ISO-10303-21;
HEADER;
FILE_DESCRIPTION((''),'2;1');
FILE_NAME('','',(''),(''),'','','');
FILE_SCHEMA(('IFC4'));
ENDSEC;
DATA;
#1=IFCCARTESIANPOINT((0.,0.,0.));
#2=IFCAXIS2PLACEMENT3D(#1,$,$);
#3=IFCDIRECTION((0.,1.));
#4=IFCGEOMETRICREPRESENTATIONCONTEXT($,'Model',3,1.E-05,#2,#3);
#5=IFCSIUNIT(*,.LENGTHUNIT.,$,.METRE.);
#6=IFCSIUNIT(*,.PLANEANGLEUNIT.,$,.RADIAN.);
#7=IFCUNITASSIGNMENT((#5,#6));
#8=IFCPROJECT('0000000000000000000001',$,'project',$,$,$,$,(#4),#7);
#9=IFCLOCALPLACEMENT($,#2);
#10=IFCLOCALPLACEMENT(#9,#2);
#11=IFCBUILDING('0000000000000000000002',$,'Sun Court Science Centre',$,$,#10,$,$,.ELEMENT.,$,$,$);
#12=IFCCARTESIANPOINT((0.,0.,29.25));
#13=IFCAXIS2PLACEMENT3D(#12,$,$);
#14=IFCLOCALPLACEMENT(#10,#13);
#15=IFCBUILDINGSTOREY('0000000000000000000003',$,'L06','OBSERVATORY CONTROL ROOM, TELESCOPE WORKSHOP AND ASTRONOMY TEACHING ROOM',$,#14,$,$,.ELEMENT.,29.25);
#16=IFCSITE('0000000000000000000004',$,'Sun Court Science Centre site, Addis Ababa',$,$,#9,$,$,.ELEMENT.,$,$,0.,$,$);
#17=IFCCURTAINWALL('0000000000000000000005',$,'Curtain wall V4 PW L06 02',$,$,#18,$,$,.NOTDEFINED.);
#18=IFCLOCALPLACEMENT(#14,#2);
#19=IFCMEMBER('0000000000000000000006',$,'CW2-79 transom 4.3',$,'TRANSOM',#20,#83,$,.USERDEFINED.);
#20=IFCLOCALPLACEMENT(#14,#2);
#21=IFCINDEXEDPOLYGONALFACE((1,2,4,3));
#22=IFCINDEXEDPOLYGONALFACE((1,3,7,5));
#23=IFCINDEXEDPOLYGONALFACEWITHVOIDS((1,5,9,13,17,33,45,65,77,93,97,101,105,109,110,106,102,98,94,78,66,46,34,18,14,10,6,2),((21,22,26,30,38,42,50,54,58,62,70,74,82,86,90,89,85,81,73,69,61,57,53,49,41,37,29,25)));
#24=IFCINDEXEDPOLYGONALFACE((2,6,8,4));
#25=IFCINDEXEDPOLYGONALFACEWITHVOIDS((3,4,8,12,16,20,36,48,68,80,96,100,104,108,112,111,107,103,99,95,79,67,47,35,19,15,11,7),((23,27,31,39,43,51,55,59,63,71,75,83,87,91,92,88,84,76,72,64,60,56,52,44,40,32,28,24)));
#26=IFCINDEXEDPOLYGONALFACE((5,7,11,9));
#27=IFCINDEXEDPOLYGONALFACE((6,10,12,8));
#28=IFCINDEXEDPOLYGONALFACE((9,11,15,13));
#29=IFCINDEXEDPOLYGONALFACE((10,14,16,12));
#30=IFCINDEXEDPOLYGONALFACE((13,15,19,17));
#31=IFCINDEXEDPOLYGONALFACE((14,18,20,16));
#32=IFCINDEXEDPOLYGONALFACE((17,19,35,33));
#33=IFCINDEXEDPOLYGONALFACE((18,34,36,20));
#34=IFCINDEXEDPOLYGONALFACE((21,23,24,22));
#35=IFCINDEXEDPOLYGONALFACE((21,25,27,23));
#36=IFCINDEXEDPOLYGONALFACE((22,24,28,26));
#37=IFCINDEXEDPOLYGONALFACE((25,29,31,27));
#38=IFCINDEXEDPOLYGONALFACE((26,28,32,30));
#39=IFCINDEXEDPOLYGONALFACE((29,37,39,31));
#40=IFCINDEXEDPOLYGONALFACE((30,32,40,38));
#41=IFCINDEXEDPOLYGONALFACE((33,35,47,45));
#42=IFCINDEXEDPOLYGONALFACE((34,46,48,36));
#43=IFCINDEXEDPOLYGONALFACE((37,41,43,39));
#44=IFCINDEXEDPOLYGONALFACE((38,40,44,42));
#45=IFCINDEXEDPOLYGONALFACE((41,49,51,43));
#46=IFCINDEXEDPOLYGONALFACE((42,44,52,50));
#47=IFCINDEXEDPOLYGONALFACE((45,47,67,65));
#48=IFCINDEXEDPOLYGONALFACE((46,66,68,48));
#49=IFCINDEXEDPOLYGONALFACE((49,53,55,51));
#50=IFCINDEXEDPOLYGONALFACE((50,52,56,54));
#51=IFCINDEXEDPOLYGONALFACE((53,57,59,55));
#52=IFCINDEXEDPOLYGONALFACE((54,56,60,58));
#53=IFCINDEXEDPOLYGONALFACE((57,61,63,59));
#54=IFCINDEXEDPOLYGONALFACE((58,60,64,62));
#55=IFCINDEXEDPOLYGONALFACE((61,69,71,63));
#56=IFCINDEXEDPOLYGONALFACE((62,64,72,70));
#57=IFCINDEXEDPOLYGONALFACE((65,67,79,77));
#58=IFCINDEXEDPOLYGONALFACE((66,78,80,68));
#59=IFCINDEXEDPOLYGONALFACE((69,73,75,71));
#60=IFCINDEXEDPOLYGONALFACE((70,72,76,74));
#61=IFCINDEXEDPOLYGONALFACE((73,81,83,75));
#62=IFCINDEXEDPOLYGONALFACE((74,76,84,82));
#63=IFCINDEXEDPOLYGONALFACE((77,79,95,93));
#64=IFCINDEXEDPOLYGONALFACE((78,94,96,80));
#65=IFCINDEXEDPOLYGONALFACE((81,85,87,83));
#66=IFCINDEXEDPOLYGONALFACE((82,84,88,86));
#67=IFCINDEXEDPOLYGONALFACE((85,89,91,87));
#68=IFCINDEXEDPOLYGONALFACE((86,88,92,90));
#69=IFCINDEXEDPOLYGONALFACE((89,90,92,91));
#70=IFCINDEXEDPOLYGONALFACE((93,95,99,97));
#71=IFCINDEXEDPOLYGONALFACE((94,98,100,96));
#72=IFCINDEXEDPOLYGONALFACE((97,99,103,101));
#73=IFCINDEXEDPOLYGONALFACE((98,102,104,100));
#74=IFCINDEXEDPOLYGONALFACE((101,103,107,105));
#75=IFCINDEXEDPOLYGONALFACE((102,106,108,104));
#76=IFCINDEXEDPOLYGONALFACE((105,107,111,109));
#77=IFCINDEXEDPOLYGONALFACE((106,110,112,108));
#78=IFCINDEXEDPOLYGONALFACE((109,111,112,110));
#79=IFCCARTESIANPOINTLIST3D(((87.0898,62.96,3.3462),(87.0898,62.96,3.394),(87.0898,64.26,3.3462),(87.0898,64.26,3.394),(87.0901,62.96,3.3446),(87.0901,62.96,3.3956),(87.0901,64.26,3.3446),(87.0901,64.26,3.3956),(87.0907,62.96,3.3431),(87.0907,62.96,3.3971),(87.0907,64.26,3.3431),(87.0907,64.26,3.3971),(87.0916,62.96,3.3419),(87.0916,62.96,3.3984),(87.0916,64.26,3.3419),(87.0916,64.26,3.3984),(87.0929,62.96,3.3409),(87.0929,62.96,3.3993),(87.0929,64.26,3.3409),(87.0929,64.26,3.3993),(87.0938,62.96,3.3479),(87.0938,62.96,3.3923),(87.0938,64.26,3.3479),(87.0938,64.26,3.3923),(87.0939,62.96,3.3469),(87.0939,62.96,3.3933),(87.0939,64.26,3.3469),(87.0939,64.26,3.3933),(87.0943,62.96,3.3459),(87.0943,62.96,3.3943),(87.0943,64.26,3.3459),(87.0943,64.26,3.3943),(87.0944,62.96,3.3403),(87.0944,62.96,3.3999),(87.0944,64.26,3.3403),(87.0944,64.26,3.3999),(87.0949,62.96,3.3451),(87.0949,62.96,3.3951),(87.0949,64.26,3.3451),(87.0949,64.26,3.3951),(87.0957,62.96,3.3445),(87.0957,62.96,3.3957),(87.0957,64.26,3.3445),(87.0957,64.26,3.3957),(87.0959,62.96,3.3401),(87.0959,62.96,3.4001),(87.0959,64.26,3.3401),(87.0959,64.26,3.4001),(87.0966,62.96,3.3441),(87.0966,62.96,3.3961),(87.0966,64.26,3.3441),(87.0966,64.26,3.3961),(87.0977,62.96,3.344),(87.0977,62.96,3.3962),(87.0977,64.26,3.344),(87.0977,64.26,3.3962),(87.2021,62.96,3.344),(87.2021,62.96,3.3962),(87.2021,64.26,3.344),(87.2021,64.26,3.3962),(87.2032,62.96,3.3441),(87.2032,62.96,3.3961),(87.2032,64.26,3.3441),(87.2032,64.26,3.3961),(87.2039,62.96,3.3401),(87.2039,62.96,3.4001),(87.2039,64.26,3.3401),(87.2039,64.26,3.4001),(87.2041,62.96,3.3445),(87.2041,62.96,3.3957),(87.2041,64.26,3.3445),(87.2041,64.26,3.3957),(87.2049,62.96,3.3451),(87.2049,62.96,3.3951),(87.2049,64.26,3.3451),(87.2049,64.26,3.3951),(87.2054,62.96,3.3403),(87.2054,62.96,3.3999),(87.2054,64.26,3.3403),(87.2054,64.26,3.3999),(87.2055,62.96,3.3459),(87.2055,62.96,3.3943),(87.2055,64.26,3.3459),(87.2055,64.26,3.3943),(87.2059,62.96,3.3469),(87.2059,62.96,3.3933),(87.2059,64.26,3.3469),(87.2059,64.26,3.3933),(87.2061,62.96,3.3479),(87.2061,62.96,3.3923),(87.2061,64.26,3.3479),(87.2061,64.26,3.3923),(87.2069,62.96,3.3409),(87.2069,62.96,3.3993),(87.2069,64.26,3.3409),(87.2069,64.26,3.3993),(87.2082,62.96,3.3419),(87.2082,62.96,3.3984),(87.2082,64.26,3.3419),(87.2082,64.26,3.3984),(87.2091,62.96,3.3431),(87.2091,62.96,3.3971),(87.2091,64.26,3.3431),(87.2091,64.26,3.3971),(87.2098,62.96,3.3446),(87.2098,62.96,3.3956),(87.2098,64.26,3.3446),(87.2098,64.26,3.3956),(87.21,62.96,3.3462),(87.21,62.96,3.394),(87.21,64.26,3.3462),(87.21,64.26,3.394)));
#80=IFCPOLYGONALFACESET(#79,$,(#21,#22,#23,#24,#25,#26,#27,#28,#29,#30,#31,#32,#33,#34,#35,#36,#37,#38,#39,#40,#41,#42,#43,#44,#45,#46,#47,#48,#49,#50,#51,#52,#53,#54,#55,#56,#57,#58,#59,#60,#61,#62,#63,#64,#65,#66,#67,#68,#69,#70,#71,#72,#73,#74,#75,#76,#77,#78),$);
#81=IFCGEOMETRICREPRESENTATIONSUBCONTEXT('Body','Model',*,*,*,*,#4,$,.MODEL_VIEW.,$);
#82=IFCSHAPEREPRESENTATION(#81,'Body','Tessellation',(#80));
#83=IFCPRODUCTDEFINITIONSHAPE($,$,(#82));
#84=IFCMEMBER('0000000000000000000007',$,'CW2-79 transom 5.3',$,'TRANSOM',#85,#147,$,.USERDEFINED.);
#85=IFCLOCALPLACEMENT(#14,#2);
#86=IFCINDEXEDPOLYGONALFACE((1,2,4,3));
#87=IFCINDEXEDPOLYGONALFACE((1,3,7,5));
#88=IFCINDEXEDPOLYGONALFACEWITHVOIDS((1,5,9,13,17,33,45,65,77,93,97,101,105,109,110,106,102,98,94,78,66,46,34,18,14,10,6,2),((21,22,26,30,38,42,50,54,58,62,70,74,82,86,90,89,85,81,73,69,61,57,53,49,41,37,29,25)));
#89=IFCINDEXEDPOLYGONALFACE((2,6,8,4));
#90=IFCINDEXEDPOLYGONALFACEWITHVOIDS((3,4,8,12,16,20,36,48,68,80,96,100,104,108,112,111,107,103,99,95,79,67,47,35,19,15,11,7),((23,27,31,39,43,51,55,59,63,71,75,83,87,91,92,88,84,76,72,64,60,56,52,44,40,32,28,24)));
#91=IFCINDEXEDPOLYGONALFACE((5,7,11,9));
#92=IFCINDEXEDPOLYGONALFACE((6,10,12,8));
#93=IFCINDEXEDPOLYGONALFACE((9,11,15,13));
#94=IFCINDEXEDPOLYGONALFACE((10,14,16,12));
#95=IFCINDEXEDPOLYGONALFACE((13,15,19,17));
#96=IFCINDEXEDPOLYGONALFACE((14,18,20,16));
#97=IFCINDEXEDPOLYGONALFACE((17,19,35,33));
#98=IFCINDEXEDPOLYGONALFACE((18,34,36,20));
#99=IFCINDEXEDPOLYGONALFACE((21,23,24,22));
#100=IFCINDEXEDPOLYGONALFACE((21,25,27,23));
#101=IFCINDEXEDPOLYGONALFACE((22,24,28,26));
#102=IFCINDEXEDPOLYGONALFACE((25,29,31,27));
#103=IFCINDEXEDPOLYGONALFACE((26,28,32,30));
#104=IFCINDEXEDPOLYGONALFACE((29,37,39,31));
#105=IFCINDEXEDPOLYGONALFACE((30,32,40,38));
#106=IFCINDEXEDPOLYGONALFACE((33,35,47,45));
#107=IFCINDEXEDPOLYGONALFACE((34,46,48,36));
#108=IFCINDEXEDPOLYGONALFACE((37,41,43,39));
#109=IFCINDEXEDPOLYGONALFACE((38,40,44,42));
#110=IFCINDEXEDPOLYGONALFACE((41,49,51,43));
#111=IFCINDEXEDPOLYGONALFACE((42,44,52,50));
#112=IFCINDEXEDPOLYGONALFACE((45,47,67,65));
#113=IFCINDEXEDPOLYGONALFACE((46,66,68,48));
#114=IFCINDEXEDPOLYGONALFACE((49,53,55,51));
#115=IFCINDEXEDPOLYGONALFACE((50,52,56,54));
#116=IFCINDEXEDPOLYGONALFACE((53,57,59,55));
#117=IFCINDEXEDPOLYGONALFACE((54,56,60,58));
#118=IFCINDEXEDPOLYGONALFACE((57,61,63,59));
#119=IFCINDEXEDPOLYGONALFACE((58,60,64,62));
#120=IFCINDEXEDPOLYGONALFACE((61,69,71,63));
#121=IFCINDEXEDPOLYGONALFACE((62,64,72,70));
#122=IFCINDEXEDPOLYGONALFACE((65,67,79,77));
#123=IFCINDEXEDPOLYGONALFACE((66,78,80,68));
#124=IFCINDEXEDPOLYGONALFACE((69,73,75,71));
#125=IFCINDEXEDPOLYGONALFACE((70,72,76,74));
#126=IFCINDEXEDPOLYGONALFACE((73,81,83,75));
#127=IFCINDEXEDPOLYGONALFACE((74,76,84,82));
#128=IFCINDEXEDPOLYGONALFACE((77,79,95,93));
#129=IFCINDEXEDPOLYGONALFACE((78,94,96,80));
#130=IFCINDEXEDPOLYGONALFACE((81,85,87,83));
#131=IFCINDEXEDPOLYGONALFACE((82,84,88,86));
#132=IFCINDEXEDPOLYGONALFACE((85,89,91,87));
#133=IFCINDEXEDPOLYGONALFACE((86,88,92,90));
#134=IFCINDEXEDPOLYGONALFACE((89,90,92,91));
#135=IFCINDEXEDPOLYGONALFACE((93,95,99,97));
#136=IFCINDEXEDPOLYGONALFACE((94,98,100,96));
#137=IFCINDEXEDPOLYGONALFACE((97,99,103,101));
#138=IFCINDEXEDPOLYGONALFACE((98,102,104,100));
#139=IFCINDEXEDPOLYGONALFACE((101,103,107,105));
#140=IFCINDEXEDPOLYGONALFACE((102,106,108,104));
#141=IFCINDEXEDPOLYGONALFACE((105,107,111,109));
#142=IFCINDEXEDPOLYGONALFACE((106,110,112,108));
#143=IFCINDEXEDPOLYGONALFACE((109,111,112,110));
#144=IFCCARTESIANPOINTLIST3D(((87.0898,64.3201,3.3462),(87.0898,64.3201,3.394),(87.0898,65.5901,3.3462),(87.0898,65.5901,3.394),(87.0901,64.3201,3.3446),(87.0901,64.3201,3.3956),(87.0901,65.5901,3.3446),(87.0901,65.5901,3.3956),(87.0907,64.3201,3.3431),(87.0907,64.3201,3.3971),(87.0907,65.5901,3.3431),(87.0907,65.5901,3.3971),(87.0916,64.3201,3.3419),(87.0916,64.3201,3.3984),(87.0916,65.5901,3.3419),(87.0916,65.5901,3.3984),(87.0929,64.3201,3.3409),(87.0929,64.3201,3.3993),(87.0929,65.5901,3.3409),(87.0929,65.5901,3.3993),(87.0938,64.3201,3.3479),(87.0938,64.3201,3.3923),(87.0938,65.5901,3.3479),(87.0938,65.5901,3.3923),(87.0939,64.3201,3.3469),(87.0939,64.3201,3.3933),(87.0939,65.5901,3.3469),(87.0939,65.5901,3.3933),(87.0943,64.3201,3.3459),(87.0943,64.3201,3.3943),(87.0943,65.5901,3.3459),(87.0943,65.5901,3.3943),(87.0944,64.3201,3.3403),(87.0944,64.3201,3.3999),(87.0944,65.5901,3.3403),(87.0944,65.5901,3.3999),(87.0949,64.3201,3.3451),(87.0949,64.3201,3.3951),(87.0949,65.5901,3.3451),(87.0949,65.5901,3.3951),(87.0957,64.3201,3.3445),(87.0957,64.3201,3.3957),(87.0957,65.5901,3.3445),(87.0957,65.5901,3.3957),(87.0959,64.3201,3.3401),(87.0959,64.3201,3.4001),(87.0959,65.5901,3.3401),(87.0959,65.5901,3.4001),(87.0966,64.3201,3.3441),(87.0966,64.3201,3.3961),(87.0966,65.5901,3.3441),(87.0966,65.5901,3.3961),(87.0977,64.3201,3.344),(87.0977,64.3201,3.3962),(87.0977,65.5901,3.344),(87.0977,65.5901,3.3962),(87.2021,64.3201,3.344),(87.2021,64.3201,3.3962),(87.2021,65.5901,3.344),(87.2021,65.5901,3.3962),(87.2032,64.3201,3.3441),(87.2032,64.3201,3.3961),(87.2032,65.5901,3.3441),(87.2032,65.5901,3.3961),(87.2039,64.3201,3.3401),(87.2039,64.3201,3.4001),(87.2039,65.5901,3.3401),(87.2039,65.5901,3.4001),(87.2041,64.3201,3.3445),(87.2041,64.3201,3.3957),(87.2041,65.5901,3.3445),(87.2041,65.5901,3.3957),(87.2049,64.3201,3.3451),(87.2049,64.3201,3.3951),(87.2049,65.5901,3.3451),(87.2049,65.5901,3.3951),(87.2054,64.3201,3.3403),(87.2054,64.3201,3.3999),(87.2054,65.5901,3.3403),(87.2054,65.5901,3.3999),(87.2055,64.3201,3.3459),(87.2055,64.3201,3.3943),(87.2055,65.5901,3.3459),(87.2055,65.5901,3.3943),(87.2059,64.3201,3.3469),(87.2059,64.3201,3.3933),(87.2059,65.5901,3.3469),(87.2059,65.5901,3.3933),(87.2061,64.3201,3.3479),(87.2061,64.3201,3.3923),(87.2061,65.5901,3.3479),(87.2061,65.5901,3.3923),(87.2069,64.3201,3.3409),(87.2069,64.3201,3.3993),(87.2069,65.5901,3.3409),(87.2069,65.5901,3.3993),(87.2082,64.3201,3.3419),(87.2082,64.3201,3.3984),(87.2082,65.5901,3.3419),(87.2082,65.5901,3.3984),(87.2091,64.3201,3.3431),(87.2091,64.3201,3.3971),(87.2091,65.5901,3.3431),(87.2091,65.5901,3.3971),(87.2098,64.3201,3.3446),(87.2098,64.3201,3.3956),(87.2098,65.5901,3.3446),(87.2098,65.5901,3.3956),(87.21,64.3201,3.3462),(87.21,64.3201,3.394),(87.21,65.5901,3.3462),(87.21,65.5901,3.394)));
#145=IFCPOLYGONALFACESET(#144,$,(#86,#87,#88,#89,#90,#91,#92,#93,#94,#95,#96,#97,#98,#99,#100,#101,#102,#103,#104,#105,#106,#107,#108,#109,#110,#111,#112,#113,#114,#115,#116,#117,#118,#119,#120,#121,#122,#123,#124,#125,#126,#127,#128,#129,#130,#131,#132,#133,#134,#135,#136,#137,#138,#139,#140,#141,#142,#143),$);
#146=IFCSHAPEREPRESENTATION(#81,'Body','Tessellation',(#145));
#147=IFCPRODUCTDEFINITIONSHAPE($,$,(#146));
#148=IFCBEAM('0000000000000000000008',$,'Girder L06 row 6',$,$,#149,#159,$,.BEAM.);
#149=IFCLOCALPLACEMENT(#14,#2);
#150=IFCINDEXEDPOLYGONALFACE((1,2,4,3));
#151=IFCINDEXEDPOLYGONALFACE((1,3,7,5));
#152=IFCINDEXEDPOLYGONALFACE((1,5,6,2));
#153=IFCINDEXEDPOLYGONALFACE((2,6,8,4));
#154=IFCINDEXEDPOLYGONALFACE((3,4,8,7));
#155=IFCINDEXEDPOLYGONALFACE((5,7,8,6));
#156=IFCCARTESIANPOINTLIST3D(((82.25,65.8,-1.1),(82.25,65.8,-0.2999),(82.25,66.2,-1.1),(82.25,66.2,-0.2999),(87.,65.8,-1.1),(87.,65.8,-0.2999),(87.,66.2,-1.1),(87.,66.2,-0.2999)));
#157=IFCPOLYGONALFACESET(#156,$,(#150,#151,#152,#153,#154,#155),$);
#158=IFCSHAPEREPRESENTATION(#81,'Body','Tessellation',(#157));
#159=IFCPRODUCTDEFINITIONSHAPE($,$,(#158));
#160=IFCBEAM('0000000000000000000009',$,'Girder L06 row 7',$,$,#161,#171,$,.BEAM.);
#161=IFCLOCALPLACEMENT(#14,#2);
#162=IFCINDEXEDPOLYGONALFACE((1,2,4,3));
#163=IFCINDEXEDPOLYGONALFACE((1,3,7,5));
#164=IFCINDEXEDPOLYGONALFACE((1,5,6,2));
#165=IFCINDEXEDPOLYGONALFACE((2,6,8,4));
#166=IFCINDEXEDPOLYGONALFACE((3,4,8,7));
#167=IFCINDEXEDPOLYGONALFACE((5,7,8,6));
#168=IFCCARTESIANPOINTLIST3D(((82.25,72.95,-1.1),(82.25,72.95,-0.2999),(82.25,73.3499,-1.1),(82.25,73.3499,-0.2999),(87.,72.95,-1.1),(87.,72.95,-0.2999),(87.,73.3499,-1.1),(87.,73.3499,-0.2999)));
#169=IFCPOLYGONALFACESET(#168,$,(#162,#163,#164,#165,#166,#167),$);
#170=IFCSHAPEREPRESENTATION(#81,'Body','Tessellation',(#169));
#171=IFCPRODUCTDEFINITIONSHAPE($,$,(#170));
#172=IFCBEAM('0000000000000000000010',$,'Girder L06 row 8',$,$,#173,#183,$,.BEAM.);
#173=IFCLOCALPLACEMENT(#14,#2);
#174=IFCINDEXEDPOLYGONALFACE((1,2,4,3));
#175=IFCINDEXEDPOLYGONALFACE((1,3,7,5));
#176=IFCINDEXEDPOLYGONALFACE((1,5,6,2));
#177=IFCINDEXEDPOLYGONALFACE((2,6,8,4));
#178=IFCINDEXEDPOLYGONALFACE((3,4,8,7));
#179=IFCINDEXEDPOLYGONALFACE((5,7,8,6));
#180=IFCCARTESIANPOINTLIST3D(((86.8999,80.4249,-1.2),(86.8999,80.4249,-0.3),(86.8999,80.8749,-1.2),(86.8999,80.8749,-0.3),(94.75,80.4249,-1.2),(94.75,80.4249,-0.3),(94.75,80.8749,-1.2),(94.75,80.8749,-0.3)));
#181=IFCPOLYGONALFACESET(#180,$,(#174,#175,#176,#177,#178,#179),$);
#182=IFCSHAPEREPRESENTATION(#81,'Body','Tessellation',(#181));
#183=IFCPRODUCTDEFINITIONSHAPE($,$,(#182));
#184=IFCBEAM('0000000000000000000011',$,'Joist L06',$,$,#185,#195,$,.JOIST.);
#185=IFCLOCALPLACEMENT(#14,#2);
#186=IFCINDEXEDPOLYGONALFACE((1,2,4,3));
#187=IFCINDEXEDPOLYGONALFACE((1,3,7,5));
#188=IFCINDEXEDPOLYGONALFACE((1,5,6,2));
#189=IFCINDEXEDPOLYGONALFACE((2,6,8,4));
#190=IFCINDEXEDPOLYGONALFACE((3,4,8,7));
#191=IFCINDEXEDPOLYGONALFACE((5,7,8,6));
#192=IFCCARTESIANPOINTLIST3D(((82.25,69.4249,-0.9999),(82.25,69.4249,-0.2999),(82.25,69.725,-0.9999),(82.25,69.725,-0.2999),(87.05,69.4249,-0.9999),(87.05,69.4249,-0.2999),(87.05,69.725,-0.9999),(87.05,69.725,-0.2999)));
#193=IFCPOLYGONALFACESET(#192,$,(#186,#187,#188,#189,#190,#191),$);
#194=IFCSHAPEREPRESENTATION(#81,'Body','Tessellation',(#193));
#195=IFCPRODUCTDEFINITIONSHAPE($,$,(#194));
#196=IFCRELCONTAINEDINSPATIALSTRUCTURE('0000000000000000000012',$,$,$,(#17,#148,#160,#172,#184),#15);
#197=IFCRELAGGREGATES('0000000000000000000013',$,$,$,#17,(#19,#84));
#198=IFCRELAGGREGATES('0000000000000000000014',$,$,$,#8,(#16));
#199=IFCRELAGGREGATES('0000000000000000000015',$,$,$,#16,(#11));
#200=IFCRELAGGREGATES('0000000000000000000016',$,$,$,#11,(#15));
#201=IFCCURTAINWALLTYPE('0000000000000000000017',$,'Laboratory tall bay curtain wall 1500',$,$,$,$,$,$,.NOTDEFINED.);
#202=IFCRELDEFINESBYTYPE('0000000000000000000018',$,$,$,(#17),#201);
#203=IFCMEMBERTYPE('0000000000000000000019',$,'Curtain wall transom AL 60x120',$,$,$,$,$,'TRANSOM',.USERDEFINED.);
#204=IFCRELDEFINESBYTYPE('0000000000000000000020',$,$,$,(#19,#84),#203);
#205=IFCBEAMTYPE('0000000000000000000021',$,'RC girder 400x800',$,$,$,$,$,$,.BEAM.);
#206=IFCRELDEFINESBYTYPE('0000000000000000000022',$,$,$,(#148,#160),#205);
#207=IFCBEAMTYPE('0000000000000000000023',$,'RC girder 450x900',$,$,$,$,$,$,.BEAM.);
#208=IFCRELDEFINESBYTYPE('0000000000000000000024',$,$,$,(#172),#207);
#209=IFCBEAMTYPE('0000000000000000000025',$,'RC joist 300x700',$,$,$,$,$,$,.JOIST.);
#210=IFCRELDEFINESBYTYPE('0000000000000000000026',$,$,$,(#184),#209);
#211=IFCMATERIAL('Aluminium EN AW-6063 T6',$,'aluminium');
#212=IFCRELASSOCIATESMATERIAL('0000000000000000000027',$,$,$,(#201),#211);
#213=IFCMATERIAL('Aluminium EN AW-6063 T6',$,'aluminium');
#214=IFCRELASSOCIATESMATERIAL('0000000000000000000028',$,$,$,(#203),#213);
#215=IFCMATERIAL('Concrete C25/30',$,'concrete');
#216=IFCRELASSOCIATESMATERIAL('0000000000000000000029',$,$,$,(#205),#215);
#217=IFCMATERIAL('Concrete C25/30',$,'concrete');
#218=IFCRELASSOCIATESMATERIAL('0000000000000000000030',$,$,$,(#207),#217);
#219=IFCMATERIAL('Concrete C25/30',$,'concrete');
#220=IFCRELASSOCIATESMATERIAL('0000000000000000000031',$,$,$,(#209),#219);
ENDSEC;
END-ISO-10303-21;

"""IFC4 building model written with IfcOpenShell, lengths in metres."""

from ifc_helpers import new_model, si_unit, direction, frame, origin, origin_2d, place, context, subcontext, project, spatial, rectangle, hollow_rectangle, extrude, material, material_profile, profile_set, type_object, element, aggregate, save


model = new_model("IFC4")

# Units and contexts
model_context = context("Model", 3, precision=1e-05, world=origin(), true_north=direction((0.0, 1.0)))
body_context = subcontext(model_context, "Body", "Model", "MODEL_VIEW")
ifc_project = project(units=[si_unit("LENGTHUNIT", "METRE"), si_unit("PLANEANGLEUNIT", "RADIAN")], contexts=[model_context])

# Site, building, storey
site_placement = place(None, origin())
site = spatial("IfcSite", under=ifc_project, at=site_placement, Name="Sun Court Science Centre site, Addis Ababa", CompositionType="ELEMENT", RefElevation=0.0)
building_placement = place(site_placement, origin())
building = spatial("IfcBuilding", under=site, at=building_placement, Name="Sun Court Science Centre", CompositionType="ELEMENT")
storey_placement = place(building_placement, frame((0.0, 0.0, 29.25)))
storey = spatial("IfcBuildingStorey", under=building, at=storey_placement, Name="L06", Description="OBSERVATORY CONTROL ROOM, TELESCOPE WORKSHOP AND ASTRONOMY TEACHING ROOM", CompositionType="ELEMENT", Elevation=29.25)

# Curtain wall, members
ifc_material_1 = material(Name="Aluminium EN AW-6063 T6", Category="aluminium")
curtain_wall_type = type_object("IfcCurtainWallType", Name="Laboratory tall bay curtain wall 1500", PredefinedType="NOTDEFINED", material=ifc_material_1)
curtain_wall_placement = place(storey_placement, origin())
curtain_wall = element("IfcCurtainWall", 1, at=curtain_wall_placement, inside=storey, type_object=curtain_wall_type, Name="Curtain wall V4 PW L06 02", PredefinedType="NOTDEFINED")
ifc_material_2 = material(Name="Aluminium EN AW-6063 T6", Category="aluminium")
ifc_material_profile_1 = material_profile(ifc_material_2, hollow_rectangle(XDim=0.0601, YDim=0.1201, WallThickness=0.0039, InnerFilletRadius=0.0039, OuterFilletRadius=0.0061, at=origin_2d()), Name="AL 60x120x4")
ifc_profile_set_1 = profile_set([ifc_material_profile_1], Name="Aluminium EN AW-6063 T6")
member_type_1 = type_object("IfcMemberType", Name="Curtain wall transom AL 60x120", ElementType="TRANSOM", PredefinedType="USERDEFINED", material=ifc_profile_set_1)
member_1_placement = place(storey_placement, frame((87.1499, 62.96, 3.3701), z_axis=(0.0, 1.0, 0.0), x_axis=(0.0, 0.0, 1.0)))
member_1 = element("IfcMember", 2, at=member_1_placement, type_object=member_type_1, Name="CW2-79 transom 4.3", ObjectType="TRANSOM", PredefinedType="USERDEFINED", context=body_context, shape_type="SweptSolid", body=[
    extrude(hollow_rectangle(XDim=0.0601, YDim=0.1201, WallThickness=0.0039, InnerFilletRadius=0.0039, OuterFilletRadius=0.0061, at=origin_2d()), origin(), (0.0, 0.0, 1.0), 1.3),
])
member_2_placement = place(storey_placement, frame((87.1499, 64.3201, 3.3701), z_axis=(0.0, 1.0, 0.0), x_axis=(0.0, 0.0, 1.0)))
member_2 = element("IfcMember", 3, at=member_2_placement, type_object=member_type_1, Name="CW2-79 transom 5.3", ObjectType="TRANSOM", PredefinedType="USERDEFINED", context=body_context, shape_type="SweptSolid", body=[
    extrude(hollow_rectangle(XDim=0.0601, YDim=0.1201, WallThickness=0.0039, InnerFilletRadius=0.0039, OuterFilletRadius=0.0061, at=origin_2d()), origin(), (0.0, 0.0, 1.0), 1.27),
])

# Beams
ifc_material_3 = material(Name="Concrete C25/30", Category="concrete")
ifc_material_profile_2 = material_profile(ifc_material_3, rectangle(XDim=0.3999, YDim=0.8, at=origin_2d()), Name="RC 400x800")
ifc_profile_set_2 = profile_set([ifc_material_profile_2], Name="Concrete C25/30")
beam_type_1 = type_object("IfcBeamType", Name="RC girder 400x800", PredefinedType="BEAM", material=ifc_profile_set_2)
for number, where, z_axis, x_axis, name in (
    (4, (82.25, 66.0, -0.7), (1.0, 0.0, 0.0), (0.0, 1.0, 0.0), "Girder L06 row 6"),
    (5, (82.25, 73.1499, -0.7), (1.0, 0.0, 0.0), (0.0, 1.0, 0.0), "Girder L06 row 7"),
):
    element("IfcBeam", number, at=place(storey_placement, frame(where, z_axis=z_axis, x_axis=x_axis)), inside=storey, type_object=beam_type_1, Name=name, PredefinedType="BEAM", context=body_context, shape_type="SweptSolid", body=[
        extrude(rectangle(XDim=0.3999, YDim=0.8, at=origin_2d()), origin(), (0.0, 0.0, 1.0), 4.75),
    ])
ifc_material_4 = material(Name="Concrete C25/30", Category="concrete")
ifc_material_profile_3 = material_profile(ifc_material_4, rectangle(XDim=0.45, YDim=0.8999, at=origin_2d()), Name="RC 450x900")
ifc_profile_set_3 = profile_set([ifc_material_profile_3], Name="Concrete C25/30")
beam_type_2 = type_object("IfcBeamType", Name="RC girder 450x900", PredefinedType="BEAM", material=ifc_profile_set_3)
beam_1_placement = place(storey_placement, frame((86.8999, 80.6499, -0.75), z_axis=(1.0, 0.0, 0.0), x_axis=(0.0, 1.0, 0.0)))
element("IfcBeam", 6, at=beam_1_placement, inside=storey, type_object=beam_type_2, Name="Girder L06 row 8", PredefinedType="BEAM", context=body_context, shape_type="SweptSolid", body=[
    extrude(rectangle(XDim=0.45, YDim=0.8999, at=origin_2d()), origin(), (0.0, 0.0, 1.0), 7.8501),
])
ifc_material_5 = material(Name="Concrete C25/30", Category="concrete")
ifc_material_profile_4 = material_profile(ifc_material_5, rectangle(XDim=0.3, YDim=0.7, at=origin_2d()), Name="RC 300x700")
ifc_profile_set_4 = profile_set([ifc_material_profile_4], Name="Concrete C25/30")
beam_type_3 = type_object("IfcBeamType", Name="RC joist 300x700", PredefinedType="JOIST", material=ifc_profile_set_4)
beam_2_placement = place(storey_placement, frame((82.25, 69.575, -0.6499), z_axis=(1.0, 0.0, 0.0), x_axis=(0.0, 1.0, 0.0)))
element("IfcBeam", 7, at=beam_2_placement, inside=storey, type_object=beam_type_3, Name="Joist L06", PredefinedType="JOIST", context=body_context, shape_type="SweptSolid", body=[
    extrude(rectangle(XDim=0.3, YDim=0.7, at=origin_2d()), origin(), (0.0, 0.0, 1.0), 4.8),
])

aggregate(curtain_wall, [member_1, member_2])

save(model, "model.ifc")
